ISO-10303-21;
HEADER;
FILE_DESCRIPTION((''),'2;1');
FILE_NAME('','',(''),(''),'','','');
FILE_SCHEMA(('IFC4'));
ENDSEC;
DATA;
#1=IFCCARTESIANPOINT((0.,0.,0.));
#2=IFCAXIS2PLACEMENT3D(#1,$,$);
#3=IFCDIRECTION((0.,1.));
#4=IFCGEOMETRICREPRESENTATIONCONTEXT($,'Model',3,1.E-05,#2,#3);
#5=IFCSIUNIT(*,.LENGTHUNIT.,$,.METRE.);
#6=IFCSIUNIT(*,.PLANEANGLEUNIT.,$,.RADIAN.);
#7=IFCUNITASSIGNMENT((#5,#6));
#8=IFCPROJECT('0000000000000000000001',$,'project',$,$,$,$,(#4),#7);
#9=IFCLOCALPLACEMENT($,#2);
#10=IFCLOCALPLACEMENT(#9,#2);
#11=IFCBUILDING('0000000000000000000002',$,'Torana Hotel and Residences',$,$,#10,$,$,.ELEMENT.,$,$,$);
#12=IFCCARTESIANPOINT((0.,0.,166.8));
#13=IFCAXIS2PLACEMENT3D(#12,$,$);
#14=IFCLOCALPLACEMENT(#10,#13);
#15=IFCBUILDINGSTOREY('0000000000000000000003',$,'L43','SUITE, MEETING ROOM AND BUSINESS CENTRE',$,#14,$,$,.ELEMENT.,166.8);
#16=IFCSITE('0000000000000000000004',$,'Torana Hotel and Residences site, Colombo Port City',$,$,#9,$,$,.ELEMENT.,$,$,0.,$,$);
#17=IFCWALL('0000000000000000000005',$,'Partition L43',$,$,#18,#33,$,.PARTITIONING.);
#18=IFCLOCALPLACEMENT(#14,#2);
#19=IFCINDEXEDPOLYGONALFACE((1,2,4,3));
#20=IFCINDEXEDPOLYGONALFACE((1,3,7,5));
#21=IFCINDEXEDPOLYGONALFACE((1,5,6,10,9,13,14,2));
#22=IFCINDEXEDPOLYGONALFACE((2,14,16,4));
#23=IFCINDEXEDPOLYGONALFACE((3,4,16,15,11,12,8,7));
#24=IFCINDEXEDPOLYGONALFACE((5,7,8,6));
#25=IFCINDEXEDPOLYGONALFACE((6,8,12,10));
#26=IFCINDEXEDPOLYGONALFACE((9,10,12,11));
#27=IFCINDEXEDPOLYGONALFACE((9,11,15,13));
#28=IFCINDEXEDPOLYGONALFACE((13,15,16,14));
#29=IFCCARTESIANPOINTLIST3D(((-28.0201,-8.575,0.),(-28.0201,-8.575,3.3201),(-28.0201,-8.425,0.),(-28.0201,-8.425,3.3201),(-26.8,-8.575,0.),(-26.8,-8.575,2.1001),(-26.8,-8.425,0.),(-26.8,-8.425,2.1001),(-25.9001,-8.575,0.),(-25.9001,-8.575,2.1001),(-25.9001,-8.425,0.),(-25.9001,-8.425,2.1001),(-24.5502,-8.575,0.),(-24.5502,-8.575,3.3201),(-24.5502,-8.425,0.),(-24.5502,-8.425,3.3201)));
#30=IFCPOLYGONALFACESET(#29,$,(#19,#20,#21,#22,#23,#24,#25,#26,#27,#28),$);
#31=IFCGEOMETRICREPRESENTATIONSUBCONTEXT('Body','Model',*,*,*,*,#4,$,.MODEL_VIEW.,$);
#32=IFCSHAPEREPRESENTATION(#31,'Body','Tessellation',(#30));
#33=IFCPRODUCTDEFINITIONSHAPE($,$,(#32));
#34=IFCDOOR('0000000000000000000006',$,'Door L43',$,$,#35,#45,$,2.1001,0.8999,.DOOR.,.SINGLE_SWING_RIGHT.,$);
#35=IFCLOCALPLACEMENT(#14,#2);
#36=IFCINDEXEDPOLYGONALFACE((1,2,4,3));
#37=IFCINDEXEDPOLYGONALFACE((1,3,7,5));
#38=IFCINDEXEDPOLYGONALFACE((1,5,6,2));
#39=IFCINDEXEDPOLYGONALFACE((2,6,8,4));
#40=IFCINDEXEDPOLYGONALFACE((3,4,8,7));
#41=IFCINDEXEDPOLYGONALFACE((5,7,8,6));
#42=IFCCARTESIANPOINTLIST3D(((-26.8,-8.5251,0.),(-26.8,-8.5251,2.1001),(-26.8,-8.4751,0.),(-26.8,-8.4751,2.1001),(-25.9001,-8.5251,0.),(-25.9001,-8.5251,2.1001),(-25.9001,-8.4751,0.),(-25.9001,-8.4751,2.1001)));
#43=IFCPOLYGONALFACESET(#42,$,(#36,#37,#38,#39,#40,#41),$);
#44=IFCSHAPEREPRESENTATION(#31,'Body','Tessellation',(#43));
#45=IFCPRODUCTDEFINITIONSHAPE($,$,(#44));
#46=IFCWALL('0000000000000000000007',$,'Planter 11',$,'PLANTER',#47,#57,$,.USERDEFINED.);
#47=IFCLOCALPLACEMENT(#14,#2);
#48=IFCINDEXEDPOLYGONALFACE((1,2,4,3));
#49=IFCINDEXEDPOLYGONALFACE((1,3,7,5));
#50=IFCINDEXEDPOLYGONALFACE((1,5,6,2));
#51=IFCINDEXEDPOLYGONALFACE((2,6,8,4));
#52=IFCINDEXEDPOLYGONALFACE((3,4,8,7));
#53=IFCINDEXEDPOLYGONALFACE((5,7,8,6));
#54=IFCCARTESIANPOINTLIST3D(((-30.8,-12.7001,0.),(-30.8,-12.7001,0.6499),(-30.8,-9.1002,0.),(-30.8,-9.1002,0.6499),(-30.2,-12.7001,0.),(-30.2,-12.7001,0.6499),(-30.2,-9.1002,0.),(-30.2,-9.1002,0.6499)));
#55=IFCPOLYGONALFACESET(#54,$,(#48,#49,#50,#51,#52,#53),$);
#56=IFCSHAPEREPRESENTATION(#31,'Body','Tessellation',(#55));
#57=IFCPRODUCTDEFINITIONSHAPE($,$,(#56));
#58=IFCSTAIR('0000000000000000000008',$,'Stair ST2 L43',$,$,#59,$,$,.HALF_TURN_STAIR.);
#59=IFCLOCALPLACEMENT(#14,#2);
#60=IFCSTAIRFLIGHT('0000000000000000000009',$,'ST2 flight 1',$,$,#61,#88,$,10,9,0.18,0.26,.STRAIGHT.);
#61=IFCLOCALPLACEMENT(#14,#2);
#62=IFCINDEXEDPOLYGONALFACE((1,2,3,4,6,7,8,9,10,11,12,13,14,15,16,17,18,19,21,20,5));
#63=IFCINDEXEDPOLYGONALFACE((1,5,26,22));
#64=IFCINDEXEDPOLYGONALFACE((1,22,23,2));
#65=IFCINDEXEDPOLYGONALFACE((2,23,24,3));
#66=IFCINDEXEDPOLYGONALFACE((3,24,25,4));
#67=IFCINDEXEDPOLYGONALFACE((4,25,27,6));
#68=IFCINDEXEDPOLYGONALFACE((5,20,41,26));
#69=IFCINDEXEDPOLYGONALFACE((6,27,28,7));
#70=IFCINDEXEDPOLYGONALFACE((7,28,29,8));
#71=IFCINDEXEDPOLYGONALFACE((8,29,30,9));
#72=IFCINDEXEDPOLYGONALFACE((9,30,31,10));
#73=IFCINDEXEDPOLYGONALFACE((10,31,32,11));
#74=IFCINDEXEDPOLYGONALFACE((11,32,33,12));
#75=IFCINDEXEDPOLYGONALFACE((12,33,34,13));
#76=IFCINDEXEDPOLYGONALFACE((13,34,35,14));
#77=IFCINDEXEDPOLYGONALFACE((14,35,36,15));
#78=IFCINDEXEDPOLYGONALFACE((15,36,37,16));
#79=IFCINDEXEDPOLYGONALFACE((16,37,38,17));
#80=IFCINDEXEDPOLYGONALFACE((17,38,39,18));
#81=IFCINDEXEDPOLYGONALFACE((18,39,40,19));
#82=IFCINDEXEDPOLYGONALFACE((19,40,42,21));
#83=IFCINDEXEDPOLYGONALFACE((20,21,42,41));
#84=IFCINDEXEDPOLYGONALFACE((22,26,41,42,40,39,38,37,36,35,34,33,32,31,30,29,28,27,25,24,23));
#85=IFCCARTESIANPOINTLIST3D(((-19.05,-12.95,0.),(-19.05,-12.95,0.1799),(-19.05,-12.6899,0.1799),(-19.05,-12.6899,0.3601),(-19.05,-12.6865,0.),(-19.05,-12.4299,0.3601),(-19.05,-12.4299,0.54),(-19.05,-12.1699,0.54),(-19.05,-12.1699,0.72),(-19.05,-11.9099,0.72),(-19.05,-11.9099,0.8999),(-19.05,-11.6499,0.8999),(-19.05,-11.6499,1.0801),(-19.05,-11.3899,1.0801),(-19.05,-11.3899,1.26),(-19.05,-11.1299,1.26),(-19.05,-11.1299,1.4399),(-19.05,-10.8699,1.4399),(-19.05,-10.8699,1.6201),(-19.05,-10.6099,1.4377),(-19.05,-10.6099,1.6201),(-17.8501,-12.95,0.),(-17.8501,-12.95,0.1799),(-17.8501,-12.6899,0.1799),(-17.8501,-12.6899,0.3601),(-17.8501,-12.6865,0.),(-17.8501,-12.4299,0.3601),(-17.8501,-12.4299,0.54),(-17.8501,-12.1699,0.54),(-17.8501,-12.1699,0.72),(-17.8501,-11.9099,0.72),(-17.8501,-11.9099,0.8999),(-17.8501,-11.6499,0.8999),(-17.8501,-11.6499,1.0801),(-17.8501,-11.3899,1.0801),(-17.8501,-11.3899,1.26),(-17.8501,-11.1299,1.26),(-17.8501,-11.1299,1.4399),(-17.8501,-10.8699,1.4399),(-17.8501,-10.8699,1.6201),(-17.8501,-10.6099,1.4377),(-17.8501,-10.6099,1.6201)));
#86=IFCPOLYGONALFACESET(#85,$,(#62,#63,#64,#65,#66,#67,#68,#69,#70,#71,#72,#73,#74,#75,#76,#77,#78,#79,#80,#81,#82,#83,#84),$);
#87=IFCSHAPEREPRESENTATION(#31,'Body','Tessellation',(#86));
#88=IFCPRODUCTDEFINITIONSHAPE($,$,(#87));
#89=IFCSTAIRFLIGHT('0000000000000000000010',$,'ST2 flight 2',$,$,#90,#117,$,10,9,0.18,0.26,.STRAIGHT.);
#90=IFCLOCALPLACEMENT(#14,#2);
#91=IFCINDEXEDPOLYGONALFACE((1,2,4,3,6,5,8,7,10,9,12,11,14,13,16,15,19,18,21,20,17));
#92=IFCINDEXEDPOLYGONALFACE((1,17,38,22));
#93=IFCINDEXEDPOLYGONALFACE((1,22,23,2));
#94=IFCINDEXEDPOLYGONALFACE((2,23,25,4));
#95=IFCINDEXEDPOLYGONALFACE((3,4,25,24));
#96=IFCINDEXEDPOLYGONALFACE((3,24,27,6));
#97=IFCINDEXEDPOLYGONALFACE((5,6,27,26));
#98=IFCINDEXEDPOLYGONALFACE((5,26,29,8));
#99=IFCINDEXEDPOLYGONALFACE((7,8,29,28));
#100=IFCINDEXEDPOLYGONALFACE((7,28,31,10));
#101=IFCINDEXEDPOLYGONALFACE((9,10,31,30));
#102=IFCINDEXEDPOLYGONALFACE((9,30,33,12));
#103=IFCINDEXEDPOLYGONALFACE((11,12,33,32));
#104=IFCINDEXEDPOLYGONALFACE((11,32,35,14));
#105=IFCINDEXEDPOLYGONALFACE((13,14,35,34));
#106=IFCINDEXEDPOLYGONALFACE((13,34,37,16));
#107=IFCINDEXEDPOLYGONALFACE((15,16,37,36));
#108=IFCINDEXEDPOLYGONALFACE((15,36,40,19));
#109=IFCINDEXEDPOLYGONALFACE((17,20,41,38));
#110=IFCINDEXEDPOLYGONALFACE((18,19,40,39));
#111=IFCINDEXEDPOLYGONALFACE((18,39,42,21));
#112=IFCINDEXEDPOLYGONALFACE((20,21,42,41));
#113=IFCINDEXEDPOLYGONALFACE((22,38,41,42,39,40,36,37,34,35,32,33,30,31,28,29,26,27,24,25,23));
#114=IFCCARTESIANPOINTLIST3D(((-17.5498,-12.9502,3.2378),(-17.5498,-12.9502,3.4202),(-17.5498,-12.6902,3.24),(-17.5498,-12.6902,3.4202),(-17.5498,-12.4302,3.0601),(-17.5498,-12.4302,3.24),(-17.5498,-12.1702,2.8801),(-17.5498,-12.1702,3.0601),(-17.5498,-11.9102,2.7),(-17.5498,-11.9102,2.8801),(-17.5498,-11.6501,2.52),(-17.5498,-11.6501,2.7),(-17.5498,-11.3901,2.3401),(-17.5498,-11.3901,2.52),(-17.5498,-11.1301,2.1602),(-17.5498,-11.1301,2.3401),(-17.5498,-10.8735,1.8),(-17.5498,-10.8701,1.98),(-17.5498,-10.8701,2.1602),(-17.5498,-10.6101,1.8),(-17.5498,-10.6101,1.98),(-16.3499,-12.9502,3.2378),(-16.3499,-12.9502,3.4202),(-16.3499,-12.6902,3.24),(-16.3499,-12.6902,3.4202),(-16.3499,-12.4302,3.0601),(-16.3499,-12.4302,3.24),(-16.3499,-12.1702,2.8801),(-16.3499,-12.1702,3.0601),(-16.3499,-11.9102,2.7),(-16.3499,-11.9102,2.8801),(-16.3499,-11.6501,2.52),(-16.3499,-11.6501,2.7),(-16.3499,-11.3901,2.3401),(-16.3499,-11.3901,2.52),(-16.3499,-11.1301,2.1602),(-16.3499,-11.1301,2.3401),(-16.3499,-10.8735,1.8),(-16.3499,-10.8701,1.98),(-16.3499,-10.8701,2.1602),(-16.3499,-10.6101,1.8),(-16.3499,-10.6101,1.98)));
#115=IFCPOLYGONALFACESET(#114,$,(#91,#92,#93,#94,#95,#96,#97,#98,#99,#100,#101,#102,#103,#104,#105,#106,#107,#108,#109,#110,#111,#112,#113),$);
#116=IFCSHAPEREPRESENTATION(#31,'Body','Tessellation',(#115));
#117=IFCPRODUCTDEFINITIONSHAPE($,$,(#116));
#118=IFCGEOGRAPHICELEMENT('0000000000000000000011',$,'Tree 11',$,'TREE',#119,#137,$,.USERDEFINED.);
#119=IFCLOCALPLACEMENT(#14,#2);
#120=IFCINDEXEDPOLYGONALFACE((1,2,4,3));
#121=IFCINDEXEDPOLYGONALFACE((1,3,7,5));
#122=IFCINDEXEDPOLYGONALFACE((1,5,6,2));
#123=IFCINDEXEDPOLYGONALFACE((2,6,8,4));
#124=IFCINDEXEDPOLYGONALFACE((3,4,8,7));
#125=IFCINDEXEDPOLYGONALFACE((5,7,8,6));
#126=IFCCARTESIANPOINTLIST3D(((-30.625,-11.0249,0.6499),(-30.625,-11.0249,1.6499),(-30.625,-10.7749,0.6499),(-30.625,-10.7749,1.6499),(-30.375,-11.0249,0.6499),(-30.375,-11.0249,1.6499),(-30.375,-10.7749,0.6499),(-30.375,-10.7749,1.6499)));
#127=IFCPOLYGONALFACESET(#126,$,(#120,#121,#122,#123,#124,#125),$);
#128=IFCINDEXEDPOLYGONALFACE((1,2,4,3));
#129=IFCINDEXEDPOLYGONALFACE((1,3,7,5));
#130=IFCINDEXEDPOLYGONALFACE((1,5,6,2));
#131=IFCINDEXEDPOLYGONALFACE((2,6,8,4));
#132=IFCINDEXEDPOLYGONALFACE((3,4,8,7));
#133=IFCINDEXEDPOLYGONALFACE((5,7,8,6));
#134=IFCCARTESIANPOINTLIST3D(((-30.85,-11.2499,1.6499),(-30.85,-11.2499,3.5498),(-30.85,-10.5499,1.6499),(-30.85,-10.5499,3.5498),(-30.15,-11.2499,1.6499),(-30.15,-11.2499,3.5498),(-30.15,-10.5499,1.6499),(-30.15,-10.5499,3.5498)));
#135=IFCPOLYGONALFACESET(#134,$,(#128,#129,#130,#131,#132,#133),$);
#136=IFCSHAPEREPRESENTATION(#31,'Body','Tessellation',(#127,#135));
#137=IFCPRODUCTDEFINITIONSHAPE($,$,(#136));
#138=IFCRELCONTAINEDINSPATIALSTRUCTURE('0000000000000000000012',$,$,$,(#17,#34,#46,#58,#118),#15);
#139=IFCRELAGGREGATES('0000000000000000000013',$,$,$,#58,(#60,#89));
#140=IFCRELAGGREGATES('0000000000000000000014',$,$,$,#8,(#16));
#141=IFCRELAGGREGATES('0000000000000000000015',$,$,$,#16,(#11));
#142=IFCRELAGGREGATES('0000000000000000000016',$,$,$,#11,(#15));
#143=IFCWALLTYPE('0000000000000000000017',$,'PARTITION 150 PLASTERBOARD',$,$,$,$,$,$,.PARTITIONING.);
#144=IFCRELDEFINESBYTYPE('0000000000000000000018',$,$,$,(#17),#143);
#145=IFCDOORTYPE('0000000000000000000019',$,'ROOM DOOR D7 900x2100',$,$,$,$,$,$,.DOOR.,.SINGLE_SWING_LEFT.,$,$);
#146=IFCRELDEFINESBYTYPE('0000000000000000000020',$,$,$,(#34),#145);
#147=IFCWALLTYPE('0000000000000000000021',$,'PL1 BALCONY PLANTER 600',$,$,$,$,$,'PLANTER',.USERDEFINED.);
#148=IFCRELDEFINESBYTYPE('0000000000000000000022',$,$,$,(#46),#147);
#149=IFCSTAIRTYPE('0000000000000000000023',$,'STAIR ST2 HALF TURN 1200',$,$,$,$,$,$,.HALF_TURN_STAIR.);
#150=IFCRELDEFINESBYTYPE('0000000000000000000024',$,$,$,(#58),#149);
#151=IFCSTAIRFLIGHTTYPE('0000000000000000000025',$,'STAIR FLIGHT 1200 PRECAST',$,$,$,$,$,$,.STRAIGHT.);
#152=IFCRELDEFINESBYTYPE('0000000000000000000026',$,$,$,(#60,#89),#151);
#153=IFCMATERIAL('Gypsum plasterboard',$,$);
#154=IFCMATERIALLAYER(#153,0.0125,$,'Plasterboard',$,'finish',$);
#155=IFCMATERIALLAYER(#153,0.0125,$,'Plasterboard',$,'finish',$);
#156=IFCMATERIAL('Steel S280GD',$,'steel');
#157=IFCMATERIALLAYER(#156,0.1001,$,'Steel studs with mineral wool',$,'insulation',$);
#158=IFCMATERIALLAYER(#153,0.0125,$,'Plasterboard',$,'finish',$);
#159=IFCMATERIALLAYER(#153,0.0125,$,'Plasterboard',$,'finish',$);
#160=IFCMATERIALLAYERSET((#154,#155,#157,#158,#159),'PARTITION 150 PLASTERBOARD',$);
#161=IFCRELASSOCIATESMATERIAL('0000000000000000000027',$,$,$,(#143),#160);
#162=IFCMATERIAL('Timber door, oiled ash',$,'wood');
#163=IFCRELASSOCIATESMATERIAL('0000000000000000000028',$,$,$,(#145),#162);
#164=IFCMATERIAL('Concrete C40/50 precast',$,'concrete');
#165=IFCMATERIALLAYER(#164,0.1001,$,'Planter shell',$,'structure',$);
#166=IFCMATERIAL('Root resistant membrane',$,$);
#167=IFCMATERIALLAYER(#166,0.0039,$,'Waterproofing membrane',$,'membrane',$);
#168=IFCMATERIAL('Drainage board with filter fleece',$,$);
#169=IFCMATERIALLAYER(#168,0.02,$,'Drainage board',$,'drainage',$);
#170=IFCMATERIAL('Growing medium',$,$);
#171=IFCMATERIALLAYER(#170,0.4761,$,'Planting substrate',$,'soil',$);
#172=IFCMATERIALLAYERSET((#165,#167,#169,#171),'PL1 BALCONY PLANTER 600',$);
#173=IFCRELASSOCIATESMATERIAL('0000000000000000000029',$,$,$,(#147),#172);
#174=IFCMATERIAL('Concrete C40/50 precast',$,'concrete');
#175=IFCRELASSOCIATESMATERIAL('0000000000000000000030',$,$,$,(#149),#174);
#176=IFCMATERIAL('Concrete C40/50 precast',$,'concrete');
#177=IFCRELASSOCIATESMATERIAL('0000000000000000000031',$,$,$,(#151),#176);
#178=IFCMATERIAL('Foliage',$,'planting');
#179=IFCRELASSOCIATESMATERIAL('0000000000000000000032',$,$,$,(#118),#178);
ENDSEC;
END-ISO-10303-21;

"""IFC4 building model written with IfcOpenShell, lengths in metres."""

from ifc_helpers import new_model, si_unit, direction, frame, frame_2d, origin, origin_2d, place, context, subcontext, project, spatial, polyline, rectangle, outline, extrude, material, layer, layer_set, type_object, element, fill, aggregate, save


model = new_model("IFC4")

# Units and contexts
model_context = context("Model", 3, precision=1e-05, world=origin(), true_north=direction((0.0, 1.0)))
body_context = subcontext(model_context, "Body", "Model", "MODEL_VIEW")
ifc_project = project(units=[si_unit("LENGTHUNIT", "METRE"), si_unit("PLANEANGLEUNIT", "RADIAN")], contexts=[model_context])

# Site, building, storey
site_placement = place(None, origin())
site = spatial("IfcSite", under=ifc_project, at=site_placement, Name="Torana Hotel and Residences site, Colombo Port City", CompositionType="ELEMENT", RefElevation=0.0)
building_placement = place(site_placement, origin())
building = spatial("IfcBuilding", under=site, at=building_placement, Name="Torana Hotel and Residences", CompositionType="ELEMENT")
storey_placement = place(building_placement, frame((0.0, 0.0, 166.8)))
storey = spatial("IfcBuildingStorey", under=building, at=storey_placement, Name="L43", Description="SUITE, MEETING ROOM AND BUSINESS CENTRE", CompositionType="ELEMENT", Elevation=166.8)

# Shared definitions
ifc_material_1 = material(Name="Steel S280GD", Category="steel")

# Wall, opening, door
ifc_material_2 = material(Name="Gypsum plasterboard")
ifc_layer_1 = layer(ifc_material_2, 0.0125, Name="Plasterboard", Category="finish")
ifc_layer_2 = layer(ifc_material_2, 0.0125, Name="Plasterboard", Category="finish")
ifc_layer_3 = layer(ifc_material_1, 0.1001, Name="Steel studs with mineral wool", Category="insulation")
ifc_layer_4 = layer(ifc_material_2, 0.0125, Name="Plasterboard", Category="finish")
ifc_layer_5 = layer(ifc_material_2, 0.0125, Name="Plasterboard", Category="finish")
ifc_layer_set_1 = layer_set([ifc_layer_1, ifc_layer_2, ifc_layer_3, ifc_layer_4, ifc_layer_5], Name="PARTITION 150 PLASTERBOARD")
wall_type_1 = type_object("IfcWallType", Name="PARTITION 150 PLASTERBOARD", PredefinedType="PARTITIONING", material=ifc_layer_set_1)
wall_1_placement = place(storey_placement, frame((-28.02, -8.5, 0.0), z_axis=(0.0, 0.0, 1.0), x_axis=(1.0, 0.0, 0.0)))
wall_1 = element("IfcWall", 1, at=wall_1_placement, inside=storey, type_object=wall_type_1, Name="Partition L43", PredefinedType="PARTITIONING", context=body_context, shape_type="SweptSolid", body=[
    extrude(rectangle(XDim=3.47, YDim=0.1499, at=frame_2d((1.7349, 0.0))), origin(), (0.0, 0.0, 1.0), 3.3201),
])
opening_1_placement = place(wall_1_placement, frame((1.22, 0.0, 0.0)))
opening_1 = element("IfcOpeningElement", 2, at=opening_1_placement, cuts=wall_1, PredefinedType="OPENING", context=body_context, shape_type="SweptSolid", body=[
    extrude(rectangle(XDim=0.8999, YDim=2.1001, at=frame_2d((0.45, 1.05))), frame((0.0, 0.085, 0.0), z_axis=(0.0, -1.0, 0.0), x_axis=(1.0, 0.0, 0.0)), (0.0, 0.0, 1.0), 0.1699),
])
ifc_material_3 = material(Name="Timber door, oiled ash", Category="wood")
door_type_1 = type_object("IfcDoorType", Name="ROOM DOOR D7 900x2100", OperationType="SINGLE_SWING_LEFT", PredefinedType="DOOR", material=ifc_material_3)
door_1_placement = place(opening_1_placement, origin())
door_1 = element("IfcDoor", 3, at=door_1_placement, inside=storey, type_object=door_type_1, Name="Door L43", OperationType="SINGLE_SWING_RIGHT", OverallHeight=2.1001, OverallWidth=0.8999, PredefinedType="DOOR", context=body_context, shape_type="SweptSolid", body=[
    extrude(rectangle(XDim=0.8999, YDim=2.1001, at=frame_2d((0.45, 1.05))), frame((0.0, 0.0249, 0.0), z_axis=(0.0, -1.0, 0.0), x_axis=(1.0, 0.0, 0.0)), (0.0, 0.0, 1.0), 0.05),
])
fill(opening_1, door_1)

# Wall
ifc_material_4 = material(Name="Concrete C40/50 precast", Category="concrete")
ifc_layer_6 = layer(ifc_material_4, 0.1001, Name="Planter shell", Category="structure")
ifc_material_5 = material(Name="Root resistant membrane")
ifc_layer_7 = layer(ifc_material_5, 0.0039, Name="Waterproofing membrane", Category="membrane")
ifc_material_6 = material(Name="Drainage board with filter fleece")
ifc_layer_8 = layer(ifc_material_6, 0.02, Name="Drainage board", Category="drainage")
ifc_material_7 = material(Name="Growing medium")
ifc_layer_9 = layer(ifc_material_7, 0.4761, Name="Planting substrate", Category="soil")
ifc_layer_set_2 = layer_set([ifc_layer_6, ifc_layer_7, ifc_layer_8, ifc_layer_9], Name="PL1 BALCONY PLANTER 600")
wall_type_2 = type_object("IfcWallType", Name="PL1 BALCONY PLANTER 600", ElementType="PLANTER", PredefinedType="USERDEFINED", material=ifc_layer_set_2)
wall_2_placement = place(storey_placement, frame((-30.5, -12.7, 0.0), z_axis=(0.0, 0.0, 1.0), x_axis=(0.0, 1.0, 0.0)))
element("IfcWall", 4, at=wall_2_placement, inside=storey, type_object=wall_type_2, Name="Planter 11", ObjectType="PLANTER", PredefinedType="USERDEFINED", context=body_context, shape_type="SweptSolid", body=[
    extrude(rectangle(XDim=3.5999, YDim=0.6001, at=frame_2d((1.7998, 0.0))), origin(), (0.0, 0.0, 1.0), 0.6499),
])

# Stair, stair flights
ifc_material_8 = material(Name="Concrete C40/50 precast", Category="concrete")
stair_type = type_object("IfcStairType", Name="STAIR ST2 HALF TURN 1200", PredefinedType="HALF_TURN_STAIR", material=ifc_material_8)
stair_placement = place(storey_placement, origin())
stair = element("IfcStair", 5, at=stair_placement, inside=storey, type_object=stair_type, Name="Stair ST2 L43", PredefinedType="HALF_TURN_STAIR")
ifc_material_9 = material(Name="Concrete C40/50 precast", Category="concrete")
stair_flight_type = type_object("IfcStairFlightType", Name="STAIR FLIGHT 1200 PRECAST", PredefinedType="STRAIGHT", material=ifc_material_9)
stair_flight_1_placement = place(storey_placement, frame((-18.45, -12.95, 0.0), z_axis=(0.0, 0.0, 1.0), x_axis=(0.0, 1.0, 0.0)))
stair_flight_1 = element("IfcStairFlight", 6, at=stair_flight_1_placement, type_object=stair_flight_type, Name="ST2 flight 1", NumberOfRisers=10, NumberOfTreads=9, PredefinedType="STRAIGHT", RiserHeight=0.18, TreadLength=0.26, context=body_context, shape_type="SweptSolid", body=[
    extrude(outline(polyline([(0.0, 0.0), (0.0, 0.1799), (0.26, 0.1799), (0.26, 0.3601), (0.52, 0.3601), (0.52, 0.54), (0.78, 0.54), (0.78, 0.72), (1.04, 0.72), (1.04, 0.8999), (1.3, 0.8999), (1.3, 1.0801), (1.5601, 1.0801), (1.5601, 1.26), (1.8201, 1.26), (1.8201, 1.4399), (2.0801, 1.4399), (2.0801, 1.6201), (2.3401, 1.6201), (2.3401, 1.8), (2.3401, 1.4377), (0.2634, 0.0), (0.0, 0.0)])), frame((0.0, 0.6001, 0.0), z_axis=(0.0, -1.0, 0.0), x_axis=(1.0, 0.0, 0.0)), (0.0, 0.0, 1.0), 1.2),
])
stair_flight_2_placement = place(storey_placement, frame((-16.95, -10.6101, 1.8), z_axis=(0.0, 0.0, 1.0), x_axis=(0.0, -1.0, 0.0)))
stair_flight_2 = element("IfcStairFlight", 7, at=stair_flight_2_placement, type_object=stair_flight_type, Name="ST2 flight 2", NumberOfRisers=10, NumberOfTreads=9, PredefinedType="STRAIGHT", RiserHeight=0.18, TreadLength=0.26, context=body_context, shape_type="SweptSolid", body=[
    extrude(outline(polyline([(0.0, 0.0), (0.0, 0.1799), (0.26, 0.1799), (0.26, 0.3601), (0.52, 0.3601), (0.52, 0.54), (0.78, 0.54), (0.78, 0.72), (1.04, 0.72), (1.04, 0.8999), (1.3, 0.8999), (1.3, 1.0801), (1.5601, 1.0801), (1.5601, 1.26), (1.8201, 1.26), (1.8201, 1.4399), (2.0801, 1.4399), (2.0801, 1.6201), (2.3401, 1.6201), (2.3401, 1.8), (2.3401, 1.4377), (0.2634, 0.0), (0.0, 0.0)])), frame((0.0, 0.6001, 0.0), z_axis=(0.0, -1.0, 0.0), x_axis=(1.0, 0.0, 0.0)), (0.0, 0.0, 1.0), 1.2),
])
aggregate(stair, [stair_flight_1, stair_flight_2])

# Geographic element
ifc_material_10 = material(Name="Foliage", Category="planting")
geographic_element_placement = place(storey_placement, frame((-30.5, -10.8999, 0.6499), z_axis=(0.0, 0.0, 1.0), x_axis=(1.0, 0.0, 0.0)))
element("IfcGeographicElement", 8, at=geographic_element_placement, inside=storey, material=ifc_material_10, Name="Tree 11", ObjectType="TREE", PredefinedType="USERDEFINED", context=body_context, shape_type="SweptSolid", body=[
    extrude(rectangle(XDim=0.25, YDim=0.25, at=origin_2d()), origin(), (0.0, 0.0, 1.0), 1.0),
    extrude(rectangle(XDim=0.7, YDim=0.7, at=origin_2d()), frame((0.0, 0.0, 1.0)), (0.0, 0.0, 1.0), 1.8999),
])

save(model, "model.ifc")
